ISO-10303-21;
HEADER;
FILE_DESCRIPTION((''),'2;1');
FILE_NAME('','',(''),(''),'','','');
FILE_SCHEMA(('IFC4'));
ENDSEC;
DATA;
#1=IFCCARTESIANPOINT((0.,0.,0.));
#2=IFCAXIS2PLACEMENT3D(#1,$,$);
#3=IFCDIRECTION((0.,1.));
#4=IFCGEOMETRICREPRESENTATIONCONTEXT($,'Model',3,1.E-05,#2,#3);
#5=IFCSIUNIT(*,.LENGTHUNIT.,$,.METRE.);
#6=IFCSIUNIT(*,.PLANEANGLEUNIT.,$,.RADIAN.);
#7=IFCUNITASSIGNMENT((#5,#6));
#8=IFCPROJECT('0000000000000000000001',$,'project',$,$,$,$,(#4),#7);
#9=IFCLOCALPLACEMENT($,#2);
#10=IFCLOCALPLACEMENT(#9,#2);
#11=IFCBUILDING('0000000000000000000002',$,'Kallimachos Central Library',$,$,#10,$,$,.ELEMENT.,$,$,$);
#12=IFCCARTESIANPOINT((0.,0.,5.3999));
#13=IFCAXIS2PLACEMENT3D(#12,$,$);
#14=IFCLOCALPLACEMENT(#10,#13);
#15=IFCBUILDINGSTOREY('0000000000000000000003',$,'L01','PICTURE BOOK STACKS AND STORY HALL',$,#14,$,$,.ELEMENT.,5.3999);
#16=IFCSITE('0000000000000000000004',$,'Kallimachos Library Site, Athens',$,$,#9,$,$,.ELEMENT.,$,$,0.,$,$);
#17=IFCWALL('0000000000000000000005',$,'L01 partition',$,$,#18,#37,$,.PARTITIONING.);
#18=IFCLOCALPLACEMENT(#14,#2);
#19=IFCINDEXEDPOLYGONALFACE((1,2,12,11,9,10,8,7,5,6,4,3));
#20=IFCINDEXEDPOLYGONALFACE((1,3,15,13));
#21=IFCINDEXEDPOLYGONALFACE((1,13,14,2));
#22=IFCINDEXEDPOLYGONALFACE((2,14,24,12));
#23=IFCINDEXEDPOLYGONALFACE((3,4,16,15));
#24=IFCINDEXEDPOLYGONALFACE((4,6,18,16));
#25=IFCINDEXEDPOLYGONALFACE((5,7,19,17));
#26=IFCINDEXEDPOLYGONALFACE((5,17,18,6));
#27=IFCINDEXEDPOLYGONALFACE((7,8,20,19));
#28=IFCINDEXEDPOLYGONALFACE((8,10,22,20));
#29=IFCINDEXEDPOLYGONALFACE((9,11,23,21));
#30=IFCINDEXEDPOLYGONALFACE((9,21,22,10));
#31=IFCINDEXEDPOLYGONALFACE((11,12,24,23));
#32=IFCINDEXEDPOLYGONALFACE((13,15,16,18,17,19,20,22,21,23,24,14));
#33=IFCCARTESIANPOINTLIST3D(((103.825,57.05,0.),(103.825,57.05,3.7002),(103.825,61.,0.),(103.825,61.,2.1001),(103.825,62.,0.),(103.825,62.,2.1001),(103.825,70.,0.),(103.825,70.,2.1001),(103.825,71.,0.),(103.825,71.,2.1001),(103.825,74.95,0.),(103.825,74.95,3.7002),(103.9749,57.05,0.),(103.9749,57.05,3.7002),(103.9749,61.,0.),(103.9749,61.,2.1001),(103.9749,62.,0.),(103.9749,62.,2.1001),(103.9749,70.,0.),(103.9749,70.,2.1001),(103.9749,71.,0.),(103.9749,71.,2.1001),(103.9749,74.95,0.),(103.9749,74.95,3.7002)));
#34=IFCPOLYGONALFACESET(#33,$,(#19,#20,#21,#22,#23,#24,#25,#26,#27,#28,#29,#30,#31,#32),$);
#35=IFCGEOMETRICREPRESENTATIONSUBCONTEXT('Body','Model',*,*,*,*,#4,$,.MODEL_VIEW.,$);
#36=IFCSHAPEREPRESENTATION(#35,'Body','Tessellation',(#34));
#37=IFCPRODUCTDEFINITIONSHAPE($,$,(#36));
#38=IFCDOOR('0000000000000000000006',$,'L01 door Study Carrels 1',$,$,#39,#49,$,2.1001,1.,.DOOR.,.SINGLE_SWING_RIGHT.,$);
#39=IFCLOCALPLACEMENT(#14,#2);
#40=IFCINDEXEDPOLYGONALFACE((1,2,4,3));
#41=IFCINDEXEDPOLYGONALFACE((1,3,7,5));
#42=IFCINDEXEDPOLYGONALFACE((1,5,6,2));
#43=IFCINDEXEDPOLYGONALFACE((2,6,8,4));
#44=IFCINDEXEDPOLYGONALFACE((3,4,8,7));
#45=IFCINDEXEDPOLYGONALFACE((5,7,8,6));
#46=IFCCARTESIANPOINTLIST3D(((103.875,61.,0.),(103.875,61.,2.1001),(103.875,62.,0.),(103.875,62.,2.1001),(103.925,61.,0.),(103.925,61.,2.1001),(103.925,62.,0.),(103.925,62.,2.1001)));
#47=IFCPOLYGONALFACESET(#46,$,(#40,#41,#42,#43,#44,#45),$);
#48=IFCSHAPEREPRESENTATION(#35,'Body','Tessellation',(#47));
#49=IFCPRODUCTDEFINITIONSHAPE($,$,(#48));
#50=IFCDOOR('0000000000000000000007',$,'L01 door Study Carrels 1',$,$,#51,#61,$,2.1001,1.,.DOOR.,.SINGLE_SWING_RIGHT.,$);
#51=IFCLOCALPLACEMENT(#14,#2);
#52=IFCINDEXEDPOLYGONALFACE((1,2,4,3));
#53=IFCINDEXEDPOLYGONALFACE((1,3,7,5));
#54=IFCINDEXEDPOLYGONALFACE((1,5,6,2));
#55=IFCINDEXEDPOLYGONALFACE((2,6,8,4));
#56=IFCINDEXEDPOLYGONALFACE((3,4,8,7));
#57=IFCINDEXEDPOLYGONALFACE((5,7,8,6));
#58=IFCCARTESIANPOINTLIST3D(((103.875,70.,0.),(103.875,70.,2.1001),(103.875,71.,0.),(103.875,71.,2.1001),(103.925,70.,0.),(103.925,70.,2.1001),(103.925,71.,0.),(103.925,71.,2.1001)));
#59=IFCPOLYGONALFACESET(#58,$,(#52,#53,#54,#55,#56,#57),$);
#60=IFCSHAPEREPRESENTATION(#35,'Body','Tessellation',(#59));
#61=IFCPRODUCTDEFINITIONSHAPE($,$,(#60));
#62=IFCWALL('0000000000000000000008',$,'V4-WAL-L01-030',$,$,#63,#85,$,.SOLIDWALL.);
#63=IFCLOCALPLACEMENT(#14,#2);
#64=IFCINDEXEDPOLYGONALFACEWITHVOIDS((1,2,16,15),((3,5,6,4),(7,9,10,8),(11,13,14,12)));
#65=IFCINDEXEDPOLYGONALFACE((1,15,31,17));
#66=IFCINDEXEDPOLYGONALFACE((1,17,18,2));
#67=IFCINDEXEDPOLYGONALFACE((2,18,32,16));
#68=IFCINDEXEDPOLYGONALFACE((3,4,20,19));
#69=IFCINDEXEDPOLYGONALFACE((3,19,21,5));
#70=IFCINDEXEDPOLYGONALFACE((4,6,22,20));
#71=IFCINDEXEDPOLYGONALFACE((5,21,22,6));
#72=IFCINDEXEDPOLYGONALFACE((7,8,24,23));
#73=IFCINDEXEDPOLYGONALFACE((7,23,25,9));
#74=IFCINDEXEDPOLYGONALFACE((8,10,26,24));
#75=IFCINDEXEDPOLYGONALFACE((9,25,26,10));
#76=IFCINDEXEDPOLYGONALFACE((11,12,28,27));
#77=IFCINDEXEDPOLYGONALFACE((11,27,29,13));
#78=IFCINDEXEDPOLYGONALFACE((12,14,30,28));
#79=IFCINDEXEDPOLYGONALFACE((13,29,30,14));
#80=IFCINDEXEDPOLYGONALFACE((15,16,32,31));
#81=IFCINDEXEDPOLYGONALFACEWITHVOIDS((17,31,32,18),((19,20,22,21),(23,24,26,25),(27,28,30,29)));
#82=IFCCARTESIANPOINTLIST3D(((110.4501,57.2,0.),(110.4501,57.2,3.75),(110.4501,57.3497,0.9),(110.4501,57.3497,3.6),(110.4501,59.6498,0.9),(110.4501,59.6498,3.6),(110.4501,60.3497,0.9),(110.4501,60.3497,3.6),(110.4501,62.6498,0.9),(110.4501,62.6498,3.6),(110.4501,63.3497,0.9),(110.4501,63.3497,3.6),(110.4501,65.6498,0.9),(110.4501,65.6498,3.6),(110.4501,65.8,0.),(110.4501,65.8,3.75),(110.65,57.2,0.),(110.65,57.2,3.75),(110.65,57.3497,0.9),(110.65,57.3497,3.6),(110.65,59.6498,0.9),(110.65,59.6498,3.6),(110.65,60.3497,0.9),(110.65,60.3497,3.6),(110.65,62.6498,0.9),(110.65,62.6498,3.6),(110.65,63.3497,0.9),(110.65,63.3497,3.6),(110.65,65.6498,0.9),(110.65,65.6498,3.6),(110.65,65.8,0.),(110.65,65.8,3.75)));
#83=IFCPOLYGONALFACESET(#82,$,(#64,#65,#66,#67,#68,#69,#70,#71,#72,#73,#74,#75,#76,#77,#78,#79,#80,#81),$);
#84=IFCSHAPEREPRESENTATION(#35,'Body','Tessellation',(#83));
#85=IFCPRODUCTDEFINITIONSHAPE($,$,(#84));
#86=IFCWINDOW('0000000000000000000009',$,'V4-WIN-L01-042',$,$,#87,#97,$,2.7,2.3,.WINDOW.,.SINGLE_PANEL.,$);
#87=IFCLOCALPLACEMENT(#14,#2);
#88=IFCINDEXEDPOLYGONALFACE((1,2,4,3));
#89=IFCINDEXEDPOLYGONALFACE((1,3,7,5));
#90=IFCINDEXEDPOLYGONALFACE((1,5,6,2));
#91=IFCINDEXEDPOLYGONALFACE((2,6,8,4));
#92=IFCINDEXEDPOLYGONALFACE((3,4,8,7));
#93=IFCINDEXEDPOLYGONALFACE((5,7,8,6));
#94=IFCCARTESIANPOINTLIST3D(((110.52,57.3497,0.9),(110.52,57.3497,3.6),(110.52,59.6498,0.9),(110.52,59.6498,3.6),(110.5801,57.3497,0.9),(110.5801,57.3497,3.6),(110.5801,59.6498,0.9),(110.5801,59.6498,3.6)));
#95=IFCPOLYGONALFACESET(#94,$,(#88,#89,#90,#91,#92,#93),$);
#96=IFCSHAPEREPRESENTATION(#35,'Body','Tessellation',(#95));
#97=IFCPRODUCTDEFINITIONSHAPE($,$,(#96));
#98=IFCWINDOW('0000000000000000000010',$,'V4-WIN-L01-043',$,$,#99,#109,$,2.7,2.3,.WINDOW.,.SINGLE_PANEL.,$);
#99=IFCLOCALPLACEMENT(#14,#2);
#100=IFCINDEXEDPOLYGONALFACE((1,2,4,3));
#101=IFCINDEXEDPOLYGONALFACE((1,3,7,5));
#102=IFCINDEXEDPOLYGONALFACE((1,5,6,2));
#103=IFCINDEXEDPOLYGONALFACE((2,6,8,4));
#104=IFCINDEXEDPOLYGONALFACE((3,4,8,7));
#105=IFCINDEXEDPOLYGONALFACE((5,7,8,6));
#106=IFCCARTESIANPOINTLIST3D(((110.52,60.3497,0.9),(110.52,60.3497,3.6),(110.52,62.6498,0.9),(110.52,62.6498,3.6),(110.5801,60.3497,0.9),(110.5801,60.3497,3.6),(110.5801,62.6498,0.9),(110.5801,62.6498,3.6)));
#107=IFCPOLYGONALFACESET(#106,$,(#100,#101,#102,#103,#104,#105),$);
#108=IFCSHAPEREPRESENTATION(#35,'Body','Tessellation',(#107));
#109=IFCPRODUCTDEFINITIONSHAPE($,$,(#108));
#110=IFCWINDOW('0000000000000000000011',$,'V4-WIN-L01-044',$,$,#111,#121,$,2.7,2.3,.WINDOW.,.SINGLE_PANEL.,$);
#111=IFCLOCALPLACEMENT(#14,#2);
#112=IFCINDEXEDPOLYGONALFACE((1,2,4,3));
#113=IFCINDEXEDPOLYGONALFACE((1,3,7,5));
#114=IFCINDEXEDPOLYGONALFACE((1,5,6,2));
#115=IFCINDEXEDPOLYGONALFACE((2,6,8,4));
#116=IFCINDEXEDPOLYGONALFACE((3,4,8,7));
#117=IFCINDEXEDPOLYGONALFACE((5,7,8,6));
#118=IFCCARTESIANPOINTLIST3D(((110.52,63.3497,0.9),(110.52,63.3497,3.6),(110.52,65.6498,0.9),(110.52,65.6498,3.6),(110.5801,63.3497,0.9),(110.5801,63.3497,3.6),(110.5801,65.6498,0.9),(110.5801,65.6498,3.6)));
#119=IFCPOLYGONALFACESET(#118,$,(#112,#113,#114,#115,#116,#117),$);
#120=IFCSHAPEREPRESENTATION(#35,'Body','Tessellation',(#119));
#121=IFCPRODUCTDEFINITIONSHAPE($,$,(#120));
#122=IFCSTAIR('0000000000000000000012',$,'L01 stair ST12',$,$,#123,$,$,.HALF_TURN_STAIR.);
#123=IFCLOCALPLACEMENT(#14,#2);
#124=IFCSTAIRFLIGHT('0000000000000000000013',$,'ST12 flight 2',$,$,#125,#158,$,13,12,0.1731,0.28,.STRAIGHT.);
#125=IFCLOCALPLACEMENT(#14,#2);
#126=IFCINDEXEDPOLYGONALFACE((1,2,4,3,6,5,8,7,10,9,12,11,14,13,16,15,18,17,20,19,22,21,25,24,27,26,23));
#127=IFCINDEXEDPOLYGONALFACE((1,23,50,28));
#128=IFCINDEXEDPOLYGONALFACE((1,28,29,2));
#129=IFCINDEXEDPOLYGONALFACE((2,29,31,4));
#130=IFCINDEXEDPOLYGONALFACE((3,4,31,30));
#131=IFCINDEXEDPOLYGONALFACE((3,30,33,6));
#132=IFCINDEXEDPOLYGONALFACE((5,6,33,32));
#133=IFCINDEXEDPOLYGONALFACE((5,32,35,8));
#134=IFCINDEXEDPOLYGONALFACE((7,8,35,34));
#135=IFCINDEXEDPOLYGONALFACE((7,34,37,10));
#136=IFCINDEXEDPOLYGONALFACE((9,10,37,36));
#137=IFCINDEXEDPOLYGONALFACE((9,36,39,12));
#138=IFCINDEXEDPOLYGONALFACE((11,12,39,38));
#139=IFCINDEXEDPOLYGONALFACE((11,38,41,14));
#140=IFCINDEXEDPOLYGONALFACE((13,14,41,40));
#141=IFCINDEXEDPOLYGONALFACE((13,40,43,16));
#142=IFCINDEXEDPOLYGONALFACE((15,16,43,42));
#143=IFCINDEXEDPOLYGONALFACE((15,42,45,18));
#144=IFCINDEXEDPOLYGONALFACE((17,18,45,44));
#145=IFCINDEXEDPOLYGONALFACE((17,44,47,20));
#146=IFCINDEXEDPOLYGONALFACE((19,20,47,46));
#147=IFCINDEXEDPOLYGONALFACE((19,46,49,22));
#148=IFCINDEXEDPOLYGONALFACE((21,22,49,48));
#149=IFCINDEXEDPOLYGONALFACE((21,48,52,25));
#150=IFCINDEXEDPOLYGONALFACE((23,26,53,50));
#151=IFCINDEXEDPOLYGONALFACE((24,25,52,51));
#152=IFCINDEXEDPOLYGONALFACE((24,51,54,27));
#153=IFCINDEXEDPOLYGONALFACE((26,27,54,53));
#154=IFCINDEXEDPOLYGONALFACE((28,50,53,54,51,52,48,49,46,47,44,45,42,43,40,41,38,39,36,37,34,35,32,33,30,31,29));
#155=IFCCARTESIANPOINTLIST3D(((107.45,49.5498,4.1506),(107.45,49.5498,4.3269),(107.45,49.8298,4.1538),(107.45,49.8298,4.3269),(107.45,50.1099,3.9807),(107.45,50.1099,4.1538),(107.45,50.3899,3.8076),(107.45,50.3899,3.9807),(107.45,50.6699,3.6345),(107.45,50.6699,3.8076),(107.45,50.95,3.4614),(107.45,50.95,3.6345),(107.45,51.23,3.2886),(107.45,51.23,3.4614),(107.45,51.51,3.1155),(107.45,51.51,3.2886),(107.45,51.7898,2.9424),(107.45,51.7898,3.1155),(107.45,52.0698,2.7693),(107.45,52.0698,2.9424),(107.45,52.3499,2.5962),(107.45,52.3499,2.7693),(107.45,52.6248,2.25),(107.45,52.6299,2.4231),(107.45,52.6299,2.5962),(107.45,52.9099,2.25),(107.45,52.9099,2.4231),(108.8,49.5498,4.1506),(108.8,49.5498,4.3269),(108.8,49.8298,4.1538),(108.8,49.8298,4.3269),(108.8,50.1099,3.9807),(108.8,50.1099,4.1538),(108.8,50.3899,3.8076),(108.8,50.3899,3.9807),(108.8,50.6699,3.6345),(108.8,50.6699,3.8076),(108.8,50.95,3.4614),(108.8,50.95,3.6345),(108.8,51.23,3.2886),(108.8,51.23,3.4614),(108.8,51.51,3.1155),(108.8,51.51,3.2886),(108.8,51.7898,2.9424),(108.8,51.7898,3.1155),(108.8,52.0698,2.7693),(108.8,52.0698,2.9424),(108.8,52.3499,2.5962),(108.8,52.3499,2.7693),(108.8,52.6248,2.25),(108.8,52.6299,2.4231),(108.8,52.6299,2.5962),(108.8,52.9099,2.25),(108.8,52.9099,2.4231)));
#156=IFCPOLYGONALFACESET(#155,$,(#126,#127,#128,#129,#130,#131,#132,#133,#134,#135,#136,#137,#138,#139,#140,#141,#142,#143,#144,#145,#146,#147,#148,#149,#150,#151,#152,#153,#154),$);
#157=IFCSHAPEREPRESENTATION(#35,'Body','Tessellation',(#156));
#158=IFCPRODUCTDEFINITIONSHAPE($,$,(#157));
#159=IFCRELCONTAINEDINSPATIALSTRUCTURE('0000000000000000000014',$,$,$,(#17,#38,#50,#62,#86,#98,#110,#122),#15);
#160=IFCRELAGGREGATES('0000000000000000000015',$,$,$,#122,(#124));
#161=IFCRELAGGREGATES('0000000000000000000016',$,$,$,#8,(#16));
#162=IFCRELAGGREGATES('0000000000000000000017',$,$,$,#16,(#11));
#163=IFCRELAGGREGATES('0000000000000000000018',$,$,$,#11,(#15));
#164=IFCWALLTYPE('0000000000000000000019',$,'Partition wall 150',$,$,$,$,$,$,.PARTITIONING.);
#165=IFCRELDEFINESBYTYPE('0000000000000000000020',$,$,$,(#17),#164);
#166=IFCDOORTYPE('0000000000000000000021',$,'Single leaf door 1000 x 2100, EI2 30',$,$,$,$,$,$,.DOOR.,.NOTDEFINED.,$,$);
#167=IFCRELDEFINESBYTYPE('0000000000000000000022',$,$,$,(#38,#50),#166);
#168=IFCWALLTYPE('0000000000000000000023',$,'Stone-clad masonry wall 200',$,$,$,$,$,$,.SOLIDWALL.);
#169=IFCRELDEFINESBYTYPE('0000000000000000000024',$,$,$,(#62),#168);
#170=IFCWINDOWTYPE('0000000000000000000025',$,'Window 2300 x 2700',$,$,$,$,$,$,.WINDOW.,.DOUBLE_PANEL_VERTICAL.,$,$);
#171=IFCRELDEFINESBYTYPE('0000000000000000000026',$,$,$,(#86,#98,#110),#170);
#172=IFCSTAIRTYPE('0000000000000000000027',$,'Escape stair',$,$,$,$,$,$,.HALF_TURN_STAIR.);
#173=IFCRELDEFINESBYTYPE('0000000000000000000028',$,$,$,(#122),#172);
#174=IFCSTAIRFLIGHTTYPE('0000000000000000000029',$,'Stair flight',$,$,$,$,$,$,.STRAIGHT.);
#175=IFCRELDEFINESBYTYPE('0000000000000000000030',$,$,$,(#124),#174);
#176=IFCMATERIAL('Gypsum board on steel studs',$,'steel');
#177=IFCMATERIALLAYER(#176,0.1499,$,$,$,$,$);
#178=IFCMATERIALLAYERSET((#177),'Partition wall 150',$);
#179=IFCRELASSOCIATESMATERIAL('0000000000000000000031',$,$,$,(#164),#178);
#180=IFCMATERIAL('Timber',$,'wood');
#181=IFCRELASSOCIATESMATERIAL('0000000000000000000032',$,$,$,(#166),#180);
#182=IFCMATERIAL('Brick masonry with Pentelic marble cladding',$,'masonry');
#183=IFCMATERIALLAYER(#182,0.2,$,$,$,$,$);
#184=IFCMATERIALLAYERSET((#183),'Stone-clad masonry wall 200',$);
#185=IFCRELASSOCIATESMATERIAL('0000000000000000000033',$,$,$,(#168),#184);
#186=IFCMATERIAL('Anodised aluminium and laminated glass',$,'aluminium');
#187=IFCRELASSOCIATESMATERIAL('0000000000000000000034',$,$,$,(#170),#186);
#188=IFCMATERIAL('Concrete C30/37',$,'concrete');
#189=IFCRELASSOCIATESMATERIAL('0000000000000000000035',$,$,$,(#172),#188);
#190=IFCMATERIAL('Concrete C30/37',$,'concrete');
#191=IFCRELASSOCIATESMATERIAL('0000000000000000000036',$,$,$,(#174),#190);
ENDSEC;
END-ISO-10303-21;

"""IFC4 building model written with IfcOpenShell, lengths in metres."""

from ifc_helpers import new_model, si_unit, direction, frame, frame_2d, origin, place, context, subcontext, project, spatial, polyline, rectangle, outline, extrude, material, layer, layer_set, type_object, element, fill, aggregate, save


model = new_model("IFC4")

# Units and contexts
model_context = context("Model", 3, precision=1e-05, world=origin(), true_north=direction((0.0, 1.0)))
body_context = subcontext(model_context, "Body", "Model", "MODEL_VIEW")
ifc_project = project(units=[si_unit("LENGTHUNIT", "METRE"), si_unit("PLANEANGLEUNIT", "RADIAN")], contexts=[model_context])

# Site, building, storey
site_placement = place(None, origin())
site = spatial("IfcSite", under=ifc_project, at=site_placement, Name="Kallimachos Library Site, Athens", CompositionType="ELEMENT", RefElevation=0.0)
building_placement = place(site_placement, origin())
building = spatial("IfcBuilding", under=site, at=building_placement, Name="Kallimachos Central Library", CompositionType="ELEMENT")
storey_placement = place(building_placement, frame((0.0, 0.0, 5.3999)))
storey = spatial("IfcBuildingStorey", under=building, at=storey_placement, Name="L01", Description="PICTURE BOOK STACKS AND STORY HALL", CompositionType="ELEMENT", Elevation=5.3999)

# Wall, openings, doors
ifc_material_1 = material(Name="Gypsum board on steel studs", Category="steel")
ifc_layer_1 = layer(ifc_material_1, 0.1499)
ifc_layer_set_1 = layer_set([ifc_layer_1], Name="Partition wall 150")
wall_type_1 = type_object("IfcWallType", Name="Partition wall 150", PredefinedType="PARTITIONING", material=ifc_layer_set_1)
wall_1_placement = place(storey_placement, frame((103.8999, 57.05, 0.0), z_axis=(0.0, 0.0, 1.0), x_axis=(0.0, 1.0, 0.0)))
wall_1 = element("IfcWall", 1, at=wall_1_placement, inside=storey, type_object=wall_type_1, Name="L01 partition", PredefinedType="PARTITIONING", context=body_context, shape_type="SweptSolid", body=[
    extrude(rectangle(XDim=17.8999, YDim=0.1499, at=frame_2d((8.95, 0.0))), origin(), (0.0, 0.0, 1.0), 3.7002),
])
opening_1_placement = place(wall_1_placement, frame((3.95, 0.0, 0.0)))
opening_1 = element("IfcOpeningElement", 2, at=opening_1_placement, cuts=wall_1, PredefinedType="OPENING", context=body_context, shape_type="SweptSolid", body=[
    extrude(rectangle(XDim=1.0, YDim=2.1001, at=frame_2d((0.5, 1.05))), frame((0.0, 0.085, 0.0), z_axis=(0.0, -1.0, 0.0), x_axis=(1.0, 0.0, 0.0)), (0.0, 0.0, 1.0), 0.1699),
])
opening_2_placement = place(wall_1_placement, frame((12.95, 0.0, 0.0)))
opening_2 = element("IfcOpeningElement", 3, at=opening_2_placement, cuts=wall_1, PredefinedType="OPENING", context=body_context, shape_type="SweptSolid", body=[
    extrude(rectangle(XDim=1.0, YDim=2.1001, at=frame_2d((0.5, 1.05))), frame((0.0, 0.085, 0.0), z_axis=(0.0, -1.0, 0.0), x_axis=(1.0, 0.0, 0.0)), (0.0, 0.0, 1.0), 0.1699),
])
ifc_material_2 = material(Name="Timber", Category="wood")
door_type = type_object("IfcDoorType", Name="Single leaf door 1000 x 2100, EI2 30", OperationType="NOTDEFINED", PredefinedType="DOOR", material=ifc_material_2)
door_1_placement = place(opening_1_placement, origin())
door_1 = element("IfcDoor", 4, at=door_1_placement, inside=storey, type_object=door_type, Name="L01 door Study Carrels 1", OperationType="SINGLE_SWING_RIGHT", OverallHeight=2.1001, OverallWidth=1.0, PredefinedType="DOOR", context=body_context, shape_type="SweptSolid", body=[
    extrude(rectangle(XDim=1.0, YDim=2.1001, at=frame_2d((0.5, 1.05))), frame((0.0, 0.0249, 0.0), z_axis=(0.0, -1.0, 0.0), x_axis=(1.0, 0.0, 0.0)), (0.0, 0.0, 1.0), 0.05),
])
fill(opening_1, door_1)
door_2_placement = place(opening_2_placement, origin())
door_2 = element("IfcDoor", 5, at=door_2_placement, inside=storey, type_object=door_type, Name="L01 door Study Carrels 1", OperationType="SINGLE_SWING_RIGHT", OverallHeight=2.1001, OverallWidth=1.0, PredefinedType="DOOR", context=body_context, shape_type="SweptSolid", body=[
    extrude(rectangle(XDim=1.0, YDim=2.1001, at=frame_2d((0.5, 1.05))), frame((0.0, 0.0249, 0.0), z_axis=(0.0, -1.0, 0.0), x_axis=(1.0, 0.0, 0.0)), (0.0, 0.0, 1.0), 0.05),
])
fill(opening_2, door_2)

# Wall, openings, windows
ifc_material_3 = material(Name="Brick masonry with Pentelic marble cladding", Category="masonry")
ifc_layer_2 = layer(ifc_material_3, 0.2)
ifc_layer_set_2 = layer_set([ifc_layer_2], Name="Stone-clad masonry wall 200")
wall_type_2 = type_object("IfcWallType", Name="Stone-clad masonry wall 200", PredefinedType="SOLIDWALL", material=ifc_layer_set_2)
wall_2_placement = place(storey_placement, frame((110.55, 57.2, 0.0), z_axis=(0.0, 0.0, 1.0), x_axis=(0.0, 1.0, 0.0)))
wall_2 = element("IfcWall", 6, at=wall_2_placement, inside=storey, type_object=wall_type_2, Name="V4-WAL-L01-030", PredefinedType="SOLIDWALL", context=body_context, shape_type="SweptSolid", body=[
    extrude(rectangle(XDim=8.6001, YDim=0.2, at=frame_2d((4.3, 0.0))), origin(), (0.0, 0.0, 1.0), 3.75),
])
opening_3_placement = place(wall_2_placement, frame((0.1499, 0.0, 0.8999)))
opening_3 = element("IfcOpeningElement", 7, at=opening_3_placement, cuts=wall_2, PredefinedType="OPENING", context=body_context, shape_type="SweptSolid", body=[
    extrude(rectangle(XDim=2.3, YDim=2.7, at=frame_2d((1.1499, 1.3501))), frame((0.0, 0.1099, 0.0), z_axis=(0.0, -1.0, 0.0), x_axis=(1.0, 0.0, 0.0)), (0.0, 0.0, 1.0), 0.22),
])
opening_4_placement = place(wall_2_placement, frame((3.1499, 0.0, 0.8999)))
opening_4 = element("IfcOpeningElement", 8, at=opening_4_placement, cuts=wall_2, PredefinedType="OPENING", context=body_context, shape_type="SweptSolid", body=[
    extrude(rectangle(XDim=2.3, YDim=2.7, at=frame_2d((1.1499, 1.3501))), frame((0.0, 0.1099, 0.0), z_axis=(0.0, -1.0, 0.0), x_axis=(1.0, 0.0, 0.0)), (0.0, 0.0, 1.0), 0.22),
])
opening_5_placement = place(wall_2_placement, frame((6.1499, 0.0, 0.8999)))
opening_5 = element("IfcOpeningElement", 9, at=opening_5_placement, cuts=wall_2, PredefinedType="OPENING", context=body_context, shape_type="SweptSolid", body=[
    extrude(rectangle(XDim=2.3, YDim=2.7, at=frame_2d((1.1499, 1.3501))), frame((0.0, 0.1099, 0.0), z_axis=(0.0, -1.0, 0.0), x_axis=(1.0, 0.0, 0.0)), (0.0, 0.0, 1.0), 0.22),
])
ifc_material_4 = material(Name="Anodised aluminium and laminated glass", Category="aluminium")
window_type = type_object("IfcWindowType", Name="Window 2300 x 2700", PartitioningType="DOUBLE_PANEL_VERTICAL", PredefinedType="WINDOW", material=ifc_material_4)
window_1_placement = place(opening_3_placement, origin())
window_1 = element("IfcWindow", 10, at=window_1_placement, inside=storey, type_object=window_type, Name="V4-WIN-L01-042", OverallHeight=2.7, OverallWidth=2.3, PartitioningType="SINGLE_PANEL", PredefinedType="WINDOW", context=body_context, shape_type="SweptSolid", body=[
    extrude(rectangle(XDim=2.3, YDim=2.7, at=frame_2d((1.1499, 1.3501))), frame((0.0, 0.03, 0.0), z_axis=(0.0, -1.0, 0.0), x_axis=(1.0, 0.0, 0.0)), (0.0, 0.0, 1.0), 0.0601),
])
fill(opening_3, window_1)
window_2_placement = place(opening_4_placement, origin())
window_2 = element("IfcWindow", 11, at=window_2_placement, inside=storey, type_object=window_type, Name="V4-WIN-L01-043", OverallHeight=2.7, OverallWidth=2.3, PartitioningType="SINGLE_PANEL", PredefinedType="WINDOW", context=body_context, shape_type="SweptSolid", body=[
    extrude(rectangle(XDim=2.3, YDim=2.7, at=frame_2d((1.1499, 1.3501))), frame((0.0, 0.03, 0.0), z_axis=(0.0, -1.0, 0.0), x_axis=(1.0, 0.0, 0.0)), (0.0, 0.0, 1.0), 0.0601),
])
fill(opening_4, window_2)
window_3_placement = place(opening_5_placement, origin())
window_3 = element("IfcWindow", 12, at=window_3_placement, inside=storey, type_object=window_type, Name="V4-WIN-L01-044", OverallHeight=2.7, OverallWidth=2.3, PartitioningType="SINGLE_PANEL", PredefinedType="WINDOW", context=body_context, shape_type="SweptSolid", body=[
    extrude(rectangle(XDim=2.3, YDim=2.7, at=frame_2d((1.1499, 1.3501))), frame((0.0, 0.03, 0.0), z_axis=(0.0, -1.0, 0.0), x_axis=(1.0, 0.0, 0.0)), (0.0, 0.0, 1.0), 0.0601),
])
fill(opening_5, window_3)

# Stair, stair flight
ifc_material_5 = material(Name="Concrete C30/37", Category="concrete")
stair_type = type_object("IfcStairType", Name="Escape stair", PredefinedType="HALF_TURN_STAIR", material=ifc_material_5)
stair_placement = place(storey_placement, origin())
stair = element("IfcStair", 13, at=stair_placement, inside=storey, type_object=stair_type, Name="L01 stair ST12", PredefinedType="HALF_TURN_STAIR")
ifc_material_6 = material(Name="Concrete C30/37", Category="concrete")
stair_flight_type = type_object("IfcStairFlightType", Name="Stair flight", PredefinedType="STRAIGHT", material=ifc_material_6)
stair_flight_placement = place(storey_placement, frame((108.125, 52.9099, 2.25), z_axis=(0.0, 0.0, 1.0), x_axis=(0.0, -1.0, 0.0)))
stair_flight = element("IfcStairFlight", 14, at=stair_flight_placement, type_object=stair_flight_type, Name="ST12 flight 2", NumberOfRisers=13, NumberOfTreads=12, PredefinedType="STRAIGHT", RiserHeight=0.1731, TreadLength=0.28, context=body_context, shape_type="SweptSolid", body=[
    extrude(outline(polyline([(0.0, 0.0), (0.0, 0.1731), (0.28, 0.1731), (0.28, 0.3462), (0.5601, 0.3462), (0.5601, 0.5193), (0.8401, 0.5193), (0.8401, 0.6924), (1.1201, 0.6924), (1.1201, 0.8655), (1.3999, 0.8655), (1.3999, 1.0386), (1.6799, 1.0386), (1.6799, 1.2114), (1.96, 1.2114), (1.96, 1.3845), (2.24, 1.3845), (2.24, 1.5576), (2.52, 1.5576), (2.52, 1.7307), (2.8, 1.7307), (2.8, 1.9038), (3.0801, 1.9038), (3.0801, 2.0769), (3.3601, 2.0769), (3.3601, 2.25), (3.3601, 1.9006), (0.2852, 0.0), (0.0, 0.0)])), frame((0.0, 0.675, 0.0), z_axis=(0.0, -1.0, 0.0), x_axis=(1.0, 0.0, 0.0)), (0.0, 0.0, 1.0), 1.3501),
])
aggregate(stair, [stair_flight])

save(model, "model.ifc")
